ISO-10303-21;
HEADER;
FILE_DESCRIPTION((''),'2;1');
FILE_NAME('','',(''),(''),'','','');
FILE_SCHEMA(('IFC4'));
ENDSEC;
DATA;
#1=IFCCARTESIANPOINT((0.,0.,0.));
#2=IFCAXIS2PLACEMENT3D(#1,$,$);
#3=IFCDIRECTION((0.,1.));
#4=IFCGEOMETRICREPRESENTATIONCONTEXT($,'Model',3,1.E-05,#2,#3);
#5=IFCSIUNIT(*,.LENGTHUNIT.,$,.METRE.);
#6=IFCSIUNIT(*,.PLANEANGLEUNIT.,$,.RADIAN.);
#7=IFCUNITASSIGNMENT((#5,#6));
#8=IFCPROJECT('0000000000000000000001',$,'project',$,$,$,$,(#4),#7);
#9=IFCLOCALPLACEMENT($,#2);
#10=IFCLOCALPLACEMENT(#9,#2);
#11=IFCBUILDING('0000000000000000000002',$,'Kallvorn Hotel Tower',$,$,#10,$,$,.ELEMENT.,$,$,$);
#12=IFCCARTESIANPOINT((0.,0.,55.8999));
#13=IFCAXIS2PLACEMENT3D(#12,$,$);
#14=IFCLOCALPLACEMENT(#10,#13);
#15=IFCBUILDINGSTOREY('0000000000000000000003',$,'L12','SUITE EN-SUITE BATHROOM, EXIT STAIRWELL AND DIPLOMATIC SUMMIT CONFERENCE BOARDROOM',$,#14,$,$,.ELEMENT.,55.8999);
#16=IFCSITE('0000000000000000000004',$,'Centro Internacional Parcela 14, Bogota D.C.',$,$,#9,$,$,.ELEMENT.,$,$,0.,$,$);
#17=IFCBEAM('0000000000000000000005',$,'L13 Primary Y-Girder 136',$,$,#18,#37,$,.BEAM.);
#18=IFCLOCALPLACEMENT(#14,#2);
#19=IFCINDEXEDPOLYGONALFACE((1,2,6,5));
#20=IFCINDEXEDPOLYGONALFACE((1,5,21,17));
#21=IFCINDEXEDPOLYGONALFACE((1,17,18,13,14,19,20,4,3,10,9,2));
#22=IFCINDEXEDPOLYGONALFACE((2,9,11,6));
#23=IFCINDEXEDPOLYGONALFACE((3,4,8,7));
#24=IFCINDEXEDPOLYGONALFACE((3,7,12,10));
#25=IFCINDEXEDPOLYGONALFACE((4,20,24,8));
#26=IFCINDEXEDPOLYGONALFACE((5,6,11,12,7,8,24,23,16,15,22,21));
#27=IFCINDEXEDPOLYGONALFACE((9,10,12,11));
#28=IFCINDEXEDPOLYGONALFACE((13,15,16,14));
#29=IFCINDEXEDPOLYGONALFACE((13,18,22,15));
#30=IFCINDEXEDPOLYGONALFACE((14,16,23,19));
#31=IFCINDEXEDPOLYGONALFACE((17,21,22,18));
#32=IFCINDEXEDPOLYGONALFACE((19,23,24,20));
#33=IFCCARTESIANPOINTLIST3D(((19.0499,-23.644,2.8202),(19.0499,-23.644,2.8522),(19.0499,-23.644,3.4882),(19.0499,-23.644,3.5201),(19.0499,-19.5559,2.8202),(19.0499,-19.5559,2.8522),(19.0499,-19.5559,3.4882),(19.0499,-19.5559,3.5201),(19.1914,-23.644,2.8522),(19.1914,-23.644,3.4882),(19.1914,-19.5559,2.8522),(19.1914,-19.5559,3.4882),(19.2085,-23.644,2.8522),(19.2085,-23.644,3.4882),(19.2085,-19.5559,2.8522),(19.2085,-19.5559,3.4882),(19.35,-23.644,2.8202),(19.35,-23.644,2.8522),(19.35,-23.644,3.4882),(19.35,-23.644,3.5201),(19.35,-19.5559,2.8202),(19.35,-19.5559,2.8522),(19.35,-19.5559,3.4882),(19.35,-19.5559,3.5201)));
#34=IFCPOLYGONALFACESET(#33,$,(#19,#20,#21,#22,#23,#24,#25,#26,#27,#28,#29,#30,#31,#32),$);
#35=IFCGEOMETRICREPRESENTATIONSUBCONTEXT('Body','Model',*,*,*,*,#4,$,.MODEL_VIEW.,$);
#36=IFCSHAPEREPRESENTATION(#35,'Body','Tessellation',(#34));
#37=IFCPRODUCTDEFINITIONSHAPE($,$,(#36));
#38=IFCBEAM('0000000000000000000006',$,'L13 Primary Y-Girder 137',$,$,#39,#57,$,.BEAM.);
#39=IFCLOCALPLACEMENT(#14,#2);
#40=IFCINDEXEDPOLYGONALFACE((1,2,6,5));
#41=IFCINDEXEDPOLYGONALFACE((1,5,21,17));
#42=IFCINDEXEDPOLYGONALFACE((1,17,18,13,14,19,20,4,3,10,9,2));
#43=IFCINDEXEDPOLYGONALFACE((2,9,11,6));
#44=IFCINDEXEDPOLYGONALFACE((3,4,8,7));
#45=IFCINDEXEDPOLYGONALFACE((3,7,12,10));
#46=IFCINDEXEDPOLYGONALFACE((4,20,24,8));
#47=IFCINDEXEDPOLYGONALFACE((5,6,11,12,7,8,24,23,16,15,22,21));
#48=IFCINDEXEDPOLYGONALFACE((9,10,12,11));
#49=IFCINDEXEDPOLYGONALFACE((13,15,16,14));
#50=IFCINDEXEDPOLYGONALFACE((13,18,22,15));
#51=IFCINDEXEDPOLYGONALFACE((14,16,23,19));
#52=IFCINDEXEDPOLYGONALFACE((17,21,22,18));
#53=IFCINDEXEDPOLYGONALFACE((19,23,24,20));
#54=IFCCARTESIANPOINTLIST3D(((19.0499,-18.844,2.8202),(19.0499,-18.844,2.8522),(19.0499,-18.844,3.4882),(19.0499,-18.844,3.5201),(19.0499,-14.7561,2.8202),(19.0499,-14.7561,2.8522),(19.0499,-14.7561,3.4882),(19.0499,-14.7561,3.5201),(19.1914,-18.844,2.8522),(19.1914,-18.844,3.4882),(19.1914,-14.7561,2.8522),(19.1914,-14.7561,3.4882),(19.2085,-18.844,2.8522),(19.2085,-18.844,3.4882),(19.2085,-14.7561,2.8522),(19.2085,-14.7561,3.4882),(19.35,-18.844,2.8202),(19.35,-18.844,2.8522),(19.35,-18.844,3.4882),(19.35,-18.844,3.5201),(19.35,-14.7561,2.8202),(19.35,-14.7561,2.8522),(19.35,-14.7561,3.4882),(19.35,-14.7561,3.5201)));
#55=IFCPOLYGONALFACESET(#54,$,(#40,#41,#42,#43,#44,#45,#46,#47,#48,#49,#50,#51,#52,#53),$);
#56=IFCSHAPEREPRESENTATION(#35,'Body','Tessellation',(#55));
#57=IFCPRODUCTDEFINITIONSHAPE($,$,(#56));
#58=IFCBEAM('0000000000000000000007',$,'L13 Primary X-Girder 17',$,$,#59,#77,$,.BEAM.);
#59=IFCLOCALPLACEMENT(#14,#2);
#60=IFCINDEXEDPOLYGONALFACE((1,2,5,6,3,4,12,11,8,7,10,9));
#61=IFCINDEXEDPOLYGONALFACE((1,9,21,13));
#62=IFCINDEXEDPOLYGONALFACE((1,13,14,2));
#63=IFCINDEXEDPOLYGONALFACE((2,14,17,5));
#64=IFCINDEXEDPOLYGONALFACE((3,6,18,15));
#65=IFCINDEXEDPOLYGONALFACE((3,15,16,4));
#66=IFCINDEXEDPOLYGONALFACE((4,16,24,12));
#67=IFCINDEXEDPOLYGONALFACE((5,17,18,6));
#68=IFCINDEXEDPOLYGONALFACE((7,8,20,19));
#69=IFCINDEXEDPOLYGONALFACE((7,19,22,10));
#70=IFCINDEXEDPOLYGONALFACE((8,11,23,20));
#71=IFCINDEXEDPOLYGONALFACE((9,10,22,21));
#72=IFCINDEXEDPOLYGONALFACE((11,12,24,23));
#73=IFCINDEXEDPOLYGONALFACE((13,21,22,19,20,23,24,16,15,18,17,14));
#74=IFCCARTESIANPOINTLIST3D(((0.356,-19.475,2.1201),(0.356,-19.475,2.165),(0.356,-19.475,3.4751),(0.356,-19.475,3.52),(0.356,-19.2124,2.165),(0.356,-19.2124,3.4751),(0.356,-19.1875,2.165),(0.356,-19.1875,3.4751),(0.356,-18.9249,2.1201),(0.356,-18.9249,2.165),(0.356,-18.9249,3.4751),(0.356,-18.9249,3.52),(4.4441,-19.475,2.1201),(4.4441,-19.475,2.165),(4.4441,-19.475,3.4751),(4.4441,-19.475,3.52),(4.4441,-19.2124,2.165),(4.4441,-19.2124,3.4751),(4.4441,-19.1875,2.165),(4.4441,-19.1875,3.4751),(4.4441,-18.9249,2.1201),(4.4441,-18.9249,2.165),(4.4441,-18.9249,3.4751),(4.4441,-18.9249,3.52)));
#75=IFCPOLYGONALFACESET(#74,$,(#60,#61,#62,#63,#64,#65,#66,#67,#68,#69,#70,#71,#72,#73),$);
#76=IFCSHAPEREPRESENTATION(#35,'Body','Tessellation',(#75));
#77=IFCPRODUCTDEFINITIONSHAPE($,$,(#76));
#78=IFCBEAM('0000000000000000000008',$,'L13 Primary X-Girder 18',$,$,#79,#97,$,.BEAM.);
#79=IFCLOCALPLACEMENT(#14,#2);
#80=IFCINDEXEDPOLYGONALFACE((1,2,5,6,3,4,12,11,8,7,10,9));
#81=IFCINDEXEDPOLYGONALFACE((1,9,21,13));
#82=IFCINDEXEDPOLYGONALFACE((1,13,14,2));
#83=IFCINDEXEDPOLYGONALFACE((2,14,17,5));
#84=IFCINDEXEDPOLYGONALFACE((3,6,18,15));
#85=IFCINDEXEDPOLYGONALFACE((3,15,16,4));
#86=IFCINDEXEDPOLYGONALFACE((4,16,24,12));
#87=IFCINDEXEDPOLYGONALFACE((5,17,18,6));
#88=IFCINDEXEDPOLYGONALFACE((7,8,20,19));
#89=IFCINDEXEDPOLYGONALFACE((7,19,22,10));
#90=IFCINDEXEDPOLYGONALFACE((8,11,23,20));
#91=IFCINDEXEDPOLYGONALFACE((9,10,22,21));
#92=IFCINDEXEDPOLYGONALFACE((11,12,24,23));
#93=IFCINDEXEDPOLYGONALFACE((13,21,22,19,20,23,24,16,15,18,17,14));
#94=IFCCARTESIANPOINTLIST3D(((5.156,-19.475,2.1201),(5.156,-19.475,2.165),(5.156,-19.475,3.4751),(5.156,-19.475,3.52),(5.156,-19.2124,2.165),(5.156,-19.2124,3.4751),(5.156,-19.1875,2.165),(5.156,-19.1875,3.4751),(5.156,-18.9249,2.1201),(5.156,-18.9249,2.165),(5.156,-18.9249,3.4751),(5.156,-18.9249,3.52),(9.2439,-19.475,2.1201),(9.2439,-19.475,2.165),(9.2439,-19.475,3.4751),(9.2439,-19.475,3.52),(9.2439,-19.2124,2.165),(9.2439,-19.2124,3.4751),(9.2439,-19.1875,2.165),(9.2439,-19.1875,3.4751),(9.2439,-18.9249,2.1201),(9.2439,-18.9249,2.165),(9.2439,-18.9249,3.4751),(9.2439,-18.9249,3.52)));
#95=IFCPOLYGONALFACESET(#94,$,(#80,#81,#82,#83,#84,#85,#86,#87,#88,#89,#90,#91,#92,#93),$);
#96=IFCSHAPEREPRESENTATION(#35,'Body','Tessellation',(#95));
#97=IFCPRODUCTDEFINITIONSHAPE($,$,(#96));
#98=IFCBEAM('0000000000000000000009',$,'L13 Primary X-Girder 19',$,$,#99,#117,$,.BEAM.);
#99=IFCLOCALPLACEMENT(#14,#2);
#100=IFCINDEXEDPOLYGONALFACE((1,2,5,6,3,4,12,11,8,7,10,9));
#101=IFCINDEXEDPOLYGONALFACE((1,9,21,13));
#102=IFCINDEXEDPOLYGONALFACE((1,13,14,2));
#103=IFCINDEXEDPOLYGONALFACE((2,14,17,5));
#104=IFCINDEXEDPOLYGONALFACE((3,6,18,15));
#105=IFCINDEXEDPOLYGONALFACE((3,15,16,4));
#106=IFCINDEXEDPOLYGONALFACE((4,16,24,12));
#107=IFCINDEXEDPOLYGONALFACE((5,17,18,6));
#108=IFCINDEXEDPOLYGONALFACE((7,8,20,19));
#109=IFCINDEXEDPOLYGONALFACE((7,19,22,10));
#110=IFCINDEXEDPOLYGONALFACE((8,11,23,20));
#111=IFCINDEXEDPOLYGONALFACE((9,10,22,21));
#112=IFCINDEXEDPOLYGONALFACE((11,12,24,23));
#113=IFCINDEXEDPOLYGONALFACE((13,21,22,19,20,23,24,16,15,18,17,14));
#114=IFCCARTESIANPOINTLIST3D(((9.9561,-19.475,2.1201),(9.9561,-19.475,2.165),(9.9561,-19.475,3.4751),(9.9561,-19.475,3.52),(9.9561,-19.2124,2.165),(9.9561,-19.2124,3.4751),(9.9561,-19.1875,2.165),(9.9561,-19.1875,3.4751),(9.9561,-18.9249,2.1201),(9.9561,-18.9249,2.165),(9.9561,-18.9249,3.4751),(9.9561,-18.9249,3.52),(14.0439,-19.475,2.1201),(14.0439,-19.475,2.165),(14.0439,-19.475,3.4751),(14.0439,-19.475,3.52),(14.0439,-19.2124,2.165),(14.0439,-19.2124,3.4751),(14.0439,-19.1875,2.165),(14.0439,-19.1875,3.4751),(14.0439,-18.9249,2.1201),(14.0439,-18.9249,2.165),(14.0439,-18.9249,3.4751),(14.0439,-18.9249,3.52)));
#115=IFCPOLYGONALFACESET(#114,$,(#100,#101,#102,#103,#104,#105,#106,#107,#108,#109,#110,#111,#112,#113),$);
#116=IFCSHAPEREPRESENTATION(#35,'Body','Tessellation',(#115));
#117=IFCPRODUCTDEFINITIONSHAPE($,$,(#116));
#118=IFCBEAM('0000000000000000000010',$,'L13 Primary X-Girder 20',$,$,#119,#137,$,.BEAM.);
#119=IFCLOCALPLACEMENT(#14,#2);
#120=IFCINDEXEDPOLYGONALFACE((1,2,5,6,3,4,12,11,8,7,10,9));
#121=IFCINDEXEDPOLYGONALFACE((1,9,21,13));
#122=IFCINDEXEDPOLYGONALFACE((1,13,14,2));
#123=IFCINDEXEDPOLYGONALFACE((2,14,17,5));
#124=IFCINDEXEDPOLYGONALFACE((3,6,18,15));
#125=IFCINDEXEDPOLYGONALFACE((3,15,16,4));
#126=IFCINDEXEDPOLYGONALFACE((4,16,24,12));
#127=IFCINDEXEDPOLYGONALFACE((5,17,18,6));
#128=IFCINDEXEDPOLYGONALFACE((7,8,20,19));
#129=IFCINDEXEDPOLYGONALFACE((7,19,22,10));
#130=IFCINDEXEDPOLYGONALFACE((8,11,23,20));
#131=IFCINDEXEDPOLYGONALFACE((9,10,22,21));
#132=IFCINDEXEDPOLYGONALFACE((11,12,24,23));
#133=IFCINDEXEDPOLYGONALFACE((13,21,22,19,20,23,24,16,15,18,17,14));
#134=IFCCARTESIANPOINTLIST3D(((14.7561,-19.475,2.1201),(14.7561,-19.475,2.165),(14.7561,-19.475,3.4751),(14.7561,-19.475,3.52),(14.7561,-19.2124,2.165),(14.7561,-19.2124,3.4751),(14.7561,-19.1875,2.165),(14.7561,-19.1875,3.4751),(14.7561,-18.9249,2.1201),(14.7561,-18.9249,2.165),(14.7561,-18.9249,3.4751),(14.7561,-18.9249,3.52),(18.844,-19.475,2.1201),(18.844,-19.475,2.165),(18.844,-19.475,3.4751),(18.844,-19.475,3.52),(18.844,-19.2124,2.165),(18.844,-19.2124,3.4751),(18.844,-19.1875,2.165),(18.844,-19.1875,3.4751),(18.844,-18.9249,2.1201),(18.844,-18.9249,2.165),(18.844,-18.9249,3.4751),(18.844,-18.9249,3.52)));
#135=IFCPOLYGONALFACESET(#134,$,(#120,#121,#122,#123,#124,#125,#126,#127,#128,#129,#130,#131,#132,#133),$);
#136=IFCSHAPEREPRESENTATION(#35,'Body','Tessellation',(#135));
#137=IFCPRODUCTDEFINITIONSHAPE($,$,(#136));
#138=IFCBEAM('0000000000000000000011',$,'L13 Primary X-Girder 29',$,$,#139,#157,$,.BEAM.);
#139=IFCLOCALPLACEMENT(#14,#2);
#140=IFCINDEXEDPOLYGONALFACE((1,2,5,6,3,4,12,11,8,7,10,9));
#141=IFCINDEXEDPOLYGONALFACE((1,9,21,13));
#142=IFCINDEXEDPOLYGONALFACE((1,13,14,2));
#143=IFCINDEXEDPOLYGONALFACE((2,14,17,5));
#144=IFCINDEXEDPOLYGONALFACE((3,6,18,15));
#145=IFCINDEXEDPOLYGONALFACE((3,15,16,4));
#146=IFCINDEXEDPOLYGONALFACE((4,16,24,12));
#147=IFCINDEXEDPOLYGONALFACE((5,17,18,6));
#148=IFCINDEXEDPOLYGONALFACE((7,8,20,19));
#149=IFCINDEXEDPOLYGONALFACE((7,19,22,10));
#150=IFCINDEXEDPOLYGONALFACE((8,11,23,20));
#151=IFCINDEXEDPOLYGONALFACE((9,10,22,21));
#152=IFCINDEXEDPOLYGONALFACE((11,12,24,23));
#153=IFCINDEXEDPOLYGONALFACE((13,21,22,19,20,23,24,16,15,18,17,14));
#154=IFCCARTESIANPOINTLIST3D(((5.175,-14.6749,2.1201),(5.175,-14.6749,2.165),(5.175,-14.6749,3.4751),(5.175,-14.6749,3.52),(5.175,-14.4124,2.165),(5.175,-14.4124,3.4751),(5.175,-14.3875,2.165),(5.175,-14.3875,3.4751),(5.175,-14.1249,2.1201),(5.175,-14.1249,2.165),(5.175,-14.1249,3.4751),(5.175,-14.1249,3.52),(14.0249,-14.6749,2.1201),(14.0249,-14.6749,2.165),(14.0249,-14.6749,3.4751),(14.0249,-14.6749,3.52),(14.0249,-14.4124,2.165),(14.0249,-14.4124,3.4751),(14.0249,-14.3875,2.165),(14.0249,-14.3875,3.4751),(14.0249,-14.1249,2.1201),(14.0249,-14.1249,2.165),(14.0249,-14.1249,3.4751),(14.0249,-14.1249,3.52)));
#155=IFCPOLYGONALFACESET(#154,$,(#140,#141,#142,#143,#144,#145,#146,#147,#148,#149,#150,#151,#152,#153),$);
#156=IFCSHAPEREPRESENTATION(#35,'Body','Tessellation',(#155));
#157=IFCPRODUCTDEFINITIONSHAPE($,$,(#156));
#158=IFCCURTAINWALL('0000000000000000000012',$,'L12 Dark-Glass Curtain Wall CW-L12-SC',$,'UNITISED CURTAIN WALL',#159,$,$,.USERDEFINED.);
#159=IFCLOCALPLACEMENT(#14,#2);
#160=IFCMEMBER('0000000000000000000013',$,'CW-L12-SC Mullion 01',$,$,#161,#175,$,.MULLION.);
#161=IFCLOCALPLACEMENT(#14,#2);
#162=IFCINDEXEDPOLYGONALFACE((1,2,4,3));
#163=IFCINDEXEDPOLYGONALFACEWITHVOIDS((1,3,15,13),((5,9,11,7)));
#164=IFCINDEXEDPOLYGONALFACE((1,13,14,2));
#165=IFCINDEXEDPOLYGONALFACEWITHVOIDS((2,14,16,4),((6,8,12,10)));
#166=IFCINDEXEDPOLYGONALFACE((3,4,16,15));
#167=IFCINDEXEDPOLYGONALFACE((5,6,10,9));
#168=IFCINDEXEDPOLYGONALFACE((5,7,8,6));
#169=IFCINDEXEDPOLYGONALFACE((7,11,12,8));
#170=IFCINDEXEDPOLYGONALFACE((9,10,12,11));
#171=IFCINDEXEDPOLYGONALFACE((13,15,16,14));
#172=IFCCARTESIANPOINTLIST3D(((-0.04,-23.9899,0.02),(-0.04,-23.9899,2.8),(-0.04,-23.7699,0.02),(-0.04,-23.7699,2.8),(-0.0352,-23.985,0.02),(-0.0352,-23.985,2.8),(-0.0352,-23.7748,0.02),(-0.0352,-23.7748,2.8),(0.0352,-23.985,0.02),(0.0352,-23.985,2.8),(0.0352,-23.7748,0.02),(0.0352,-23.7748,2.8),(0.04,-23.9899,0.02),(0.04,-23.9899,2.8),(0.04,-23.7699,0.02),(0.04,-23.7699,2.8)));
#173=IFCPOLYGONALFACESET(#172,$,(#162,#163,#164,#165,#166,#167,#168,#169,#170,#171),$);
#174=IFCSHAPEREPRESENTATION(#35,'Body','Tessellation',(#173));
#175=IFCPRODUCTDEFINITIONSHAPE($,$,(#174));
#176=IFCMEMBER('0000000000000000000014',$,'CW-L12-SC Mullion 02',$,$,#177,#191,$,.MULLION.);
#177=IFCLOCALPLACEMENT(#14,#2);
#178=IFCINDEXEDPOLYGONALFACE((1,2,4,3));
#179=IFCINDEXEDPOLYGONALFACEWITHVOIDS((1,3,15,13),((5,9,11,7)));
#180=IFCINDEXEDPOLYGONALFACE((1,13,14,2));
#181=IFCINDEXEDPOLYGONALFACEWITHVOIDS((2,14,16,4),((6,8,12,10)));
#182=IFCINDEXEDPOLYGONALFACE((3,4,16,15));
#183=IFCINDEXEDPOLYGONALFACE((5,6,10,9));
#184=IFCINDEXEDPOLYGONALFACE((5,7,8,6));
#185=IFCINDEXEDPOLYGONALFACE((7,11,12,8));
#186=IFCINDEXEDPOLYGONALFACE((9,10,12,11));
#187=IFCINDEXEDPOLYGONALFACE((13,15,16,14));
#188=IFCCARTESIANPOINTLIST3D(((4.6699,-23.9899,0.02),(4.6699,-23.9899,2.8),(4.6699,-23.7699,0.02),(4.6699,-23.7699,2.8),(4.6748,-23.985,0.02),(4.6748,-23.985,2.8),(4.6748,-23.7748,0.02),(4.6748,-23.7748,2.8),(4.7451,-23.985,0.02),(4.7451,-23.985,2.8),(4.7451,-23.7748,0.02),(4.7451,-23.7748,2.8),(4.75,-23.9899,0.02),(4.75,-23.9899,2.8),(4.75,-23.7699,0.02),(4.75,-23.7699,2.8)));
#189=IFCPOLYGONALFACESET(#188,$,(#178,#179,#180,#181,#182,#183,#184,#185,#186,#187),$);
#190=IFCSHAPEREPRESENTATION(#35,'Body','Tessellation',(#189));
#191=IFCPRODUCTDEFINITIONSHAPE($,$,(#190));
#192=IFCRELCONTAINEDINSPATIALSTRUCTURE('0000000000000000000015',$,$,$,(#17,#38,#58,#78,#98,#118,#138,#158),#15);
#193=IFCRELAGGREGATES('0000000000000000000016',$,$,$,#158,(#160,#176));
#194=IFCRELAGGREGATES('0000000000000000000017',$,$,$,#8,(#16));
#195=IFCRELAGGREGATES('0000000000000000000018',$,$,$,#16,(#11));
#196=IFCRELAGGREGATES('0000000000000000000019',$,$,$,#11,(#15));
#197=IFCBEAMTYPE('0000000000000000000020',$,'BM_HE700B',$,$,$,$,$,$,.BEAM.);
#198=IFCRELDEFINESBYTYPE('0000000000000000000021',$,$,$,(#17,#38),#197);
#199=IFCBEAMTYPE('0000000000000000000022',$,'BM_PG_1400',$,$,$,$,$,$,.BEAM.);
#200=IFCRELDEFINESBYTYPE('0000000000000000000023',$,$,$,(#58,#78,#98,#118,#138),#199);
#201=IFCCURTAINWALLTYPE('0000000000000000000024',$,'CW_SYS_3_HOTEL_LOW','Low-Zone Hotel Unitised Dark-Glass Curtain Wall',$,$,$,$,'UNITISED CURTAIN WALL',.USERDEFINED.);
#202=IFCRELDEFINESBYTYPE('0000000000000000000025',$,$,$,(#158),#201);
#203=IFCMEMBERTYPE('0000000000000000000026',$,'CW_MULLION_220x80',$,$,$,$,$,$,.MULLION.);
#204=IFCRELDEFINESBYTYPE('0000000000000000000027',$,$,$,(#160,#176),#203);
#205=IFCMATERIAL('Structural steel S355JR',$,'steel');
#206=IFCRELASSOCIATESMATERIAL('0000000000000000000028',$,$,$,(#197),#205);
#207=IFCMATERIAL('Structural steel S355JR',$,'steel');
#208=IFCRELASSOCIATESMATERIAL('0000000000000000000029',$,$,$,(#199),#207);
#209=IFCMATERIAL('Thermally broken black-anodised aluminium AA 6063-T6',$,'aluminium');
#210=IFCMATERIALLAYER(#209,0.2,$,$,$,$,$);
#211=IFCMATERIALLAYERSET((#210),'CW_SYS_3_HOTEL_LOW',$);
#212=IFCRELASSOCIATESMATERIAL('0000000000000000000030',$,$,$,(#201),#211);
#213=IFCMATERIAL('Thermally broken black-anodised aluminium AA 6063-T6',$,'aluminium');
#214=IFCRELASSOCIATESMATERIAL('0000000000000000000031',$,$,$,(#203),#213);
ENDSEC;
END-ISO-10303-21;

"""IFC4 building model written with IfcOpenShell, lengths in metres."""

from ifc_helpers import new_model, si_unit, direction, frame, origin, origin_2d, place, context, subcontext, project, spatial, hollow_rectangle, i_section, extrude, material, layer, layer_set, material_profile, profile_set, type_object, element, aggregate, save


model = new_model("IFC4")

# Units and contexts
model_context = context("Model", 3, precision=1e-05, world=origin(), true_north=direction((0.0, 1.0)))
body_context = subcontext(model_context, "Body", "Model", "MODEL_VIEW")
ifc_project = project(units=[si_unit("LENGTHUNIT", "METRE"), si_unit("PLANEANGLEUNIT", "RADIAN")], contexts=[model_context])

# Site, building, storey
site_placement = place(None, origin())
site = spatial("IfcSite", under=ifc_project, at=site_placement, Name="Centro Internacional Parcela 14, Bogota D.C.", CompositionType="ELEMENT", RefElevation=0.0)
building_placement = place(site_placement, origin())
building = spatial("IfcBuilding", under=site, at=building_placement, Name="Kallvorn Hotel Tower", CompositionType="ELEMENT")
storey_placement = place(building_placement, frame((0.0, 0.0, 55.8999)))
storey = spatial("IfcBuildingStorey", under=building, at=storey_placement, Name="L12", Description="SUITE EN-SUITE BATHROOM, EXIT STAIRWELL AND DIPLOMATIC SUMMIT CONFERENCE BOARDROOM", CompositionType="ELEMENT", Elevation=55.8999)

# Beams
ifc_material_1 = material(Name="Structural steel S355JR", Category="steel")
ifc_material_profile_1 = material_profile(ifc_material_1, i_section(OverallWidth=0.3, OverallDepth=0.7, WebThickness=0.0171, FlangeThickness=0.032, at=origin_2d()), Name="HE 700 B")
ifc_profile_set_1 = profile_set([ifc_material_profile_1], Name="Structural steel S355JR")
beam_type_1 = type_object("IfcBeamType", Name="BM_HE700B", PredefinedType="BEAM", material=ifc_profile_set_1)
beam_1_placement = place(storey_placement, frame((19.2, -23.644, 3.1702), z_axis=(0.0, 1.0, 0.0), x_axis=(-1.0, 0.0, 0.0)))
element("IfcBeam", 1, at=beam_1_placement, inside=storey, type_object=beam_type_1, Name="L13 Primary Y-Girder 136", PredefinedType="BEAM", context=body_context, shape_type="SweptSolid", body=[
    extrude(i_section(OverallWidth=0.3, OverallDepth=0.7, WebThickness=0.0171, FlangeThickness=0.032, at=origin_2d()), origin(), (0.0, 0.0, 1.0), 4.0881),
])
beam_2_placement = place(storey_placement, frame((19.2, -18.844, 3.1702), z_axis=(0.0, 1.0, 0.0), x_axis=(-1.0, 0.0, 0.0)))
element("IfcBeam", 2, at=beam_2_placement, inside=storey, type_object=beam_type_1, Name="L13 Primary Y-Girder 137", PredefinedType="BEAM", context=body_context, shape_type="SweptSolid", body=[
    extrude(i_section(OverallWidth=0.3, OverallDepth=0.7, WebThickness=0.0171, FlangeThickness=0.032, at=origin_2d()), origin(), (0.0, 0.0, 1.0), 4.0879),
])
ifc_material_2 = material(Name="Structural steel S355JR", Category="steel")
ifc_material_profile_2 = material_profile(ifc_material_2, i_section(OverallWidth=0.55, OverallDepth=1.3999, WebThickness=0.0249, FlangeThickness=0.0449, at=origin_2d()), Name="PG 1400x550x25x45")
ifc_profile_set_2 = profile_set([ifc_material_profile_2], Name="Structural steel S355JR")
beam_type_2 = type_object("IfcBeamType", Name="BM_PG_1400", PredefinedType="BEAM", material=ifc_profile_set_2)
beam_3_placement = place(storey_placement, frame((0.356, -19.2, 2.8201), z_axis=(1.0, 0.0, 0.0), x_axis=(0.0, 1.0, 0.0)))
element("IfcBeam", 3, at=beam_3_placement, inside=storey, type_object=beam_type_2, Name="L13 Primary X-Girder 17", PredefinedType="BEAM", context=body_context, shape_type="SweptSolid", body=[
    extrude(i_section(OverallWidth=0.55, OverallDepth=1.3999, WebThickness=0.0249, FlangeThickness=0.0449, at=origin_2d()), origin(), (0.0, 0.0, 1.0), 4.0881),
])
for number, where, z_axis, x_axis, name in (
    (4, (5.156, -19.2, 2.8201), (1.0, 0.0, 0.0), (0.0, 1.0, 0.0), "L13 Primary X-Girder 18"),
    (5, (9.9561, -19.2, 2.8201), (1.0, 0.0, 0.0), (0.0, 1.0, 0.0), "L13 Primary X-Girder 19"),
    (6, (14.7561, -19.2, 2.8201), (1.0, 0.0, 0.0), (0.0, 1.0, 0.0), "L13 Primary X-Girder 20"),
):
    element("IfcBeam", number, at=place(storey_placement, frame(where, z_axis=z_axis, x_axis=x_axis)), inside=storey, type_object=beam_type_2, Name=name, PredefinedType="BEAM", context=body_context, shape_type="SweptSolid", body=[
        extrude(i_section(OverallWidth=0.55, OverallDepth=1.3999, WebThickness=0.0249, FlangeThickness=0.0449, at=origin_2d()), origin(), (0.0, 0.0, 1.0), 4.0879),
    ])
beam_4_placement = place(storey_placement, frame((5.175, -14.3999, 2.8201), z_axis=(1.0, 0.0, 0.0), x_axis=(0.0, 1.0, 0.0)))
element("IfcBeam", 7, at=beam_4_placement, inside=storey, type_object=beam_type_2, Name="L13 Primary X-Girder 29", PredefinedType="BEAM", context=body_context, shape_type="SweptSolid", body=[
    extrude(i_section(OverallWidth=0.55, OverallDepth=1.3999, WebThickness=0.0249, FlangeThickness=0.0449, at=origin_2d()), origin(), (0.0, 0.0, 1.0), 8.8499),
])

# Curtain wall, members
ifc_material_3 = material(Name="Thermally broken black-anodised aluminium AA 6063-T6", Category="aluminium")
ifc_layer_1 = layer(ifc_material_3, 0.2)
ifc_layer_set_1 = layer_set([ifc_layer_1], Name="CW_SYS_3_HOTEL_LOW")
curtain_wall_type = type_object("IfcCurtainWallType", Name="CW_SYS_3_HOTEL_LOW", Description="Low-Zone Hotel Unitised Dark-Glass Curtain Wall", ElementType="UNITISED CURTAIN WALL", PredefinedType="USERDEFINED", material=ifc_layer_set_1)
curtain_wall_placement = place(storey_placement, origin())
curtain_wall = element("IfcCurtainWall", 8, at=curtain_wall_placement, inside=storey, type_object=curtain_wall_type, Name="L12 Dark-Glass Curtain Wall CW-L12-SC", ObjectType="UNITISED CURTAIN WALL", PredefinedType="USERDEFINED")
ifc_material_4 = material(Name="Thermally broken black-anodised aluminium AA 6063-T6", Category="aluminium")
ifc_material_profile_3 = material_profile(ifc_material_4, hollow_rectangle(XDim=0.0801, YDim=0.22, WallThickness=0.0049, at=origin_2d()), Name="MUL 220x80")
ifc_profile_set_3 = profile_set([ifc_material_profile_3], Name="Thermally broken black-anodised aluminium AA 6063-T6")
member_type_1 = type_object("IfcMemberType", Name="CW_MULLION_220x80", PredefinedType="MULLION", material=ifc_profile_set_3)
member_1_placement = place(storey_placement, frame((0.0, -23.8799, 0.02), z_axis=(0.0, 0.0, 1.0), x_axis=(1.0, 0.0, 0.0)))
member_1 = element("IfcMember", 9, at=member_1_placement, type_object=member_type_1, Name="CW-L12-SC Mullion 01", PredefinedType="MULLION", context=body_context, shape_type="SweptSolid", body=[
    extrude(hollow_rectangle(XDim=0.0801, YDim=0.22, WallThickness=0.0049, at=origin_2d()), origin(), (0.0, 0.0, 1.0), 2.78),
])
member_2_placement = place(storey_placement, frame((4.71, -23.8799, 0.02), z_axis=(0.0, 0.0, 1.0), x_axis=(1.0, 0.0, 0.0)))
member_2 = element("IfcMember", 10, at=member_2_placement, type_object=member_type_1, Name="CW-L12-SC Mullion 02", PredefinedType="MULLION", context=body_context, shape_type="SweptSolid", body=[
    extrude(hollow_rectangle(XDim=0.0801, YDim=0.22, WallThickness=0.0049, at=origin_2d()), origin(), (0.0, 0.0, 1.0), 2.78),
])
aggregate(curtain_wall, [member_1, member_2])

save(model, "model.ifc")
